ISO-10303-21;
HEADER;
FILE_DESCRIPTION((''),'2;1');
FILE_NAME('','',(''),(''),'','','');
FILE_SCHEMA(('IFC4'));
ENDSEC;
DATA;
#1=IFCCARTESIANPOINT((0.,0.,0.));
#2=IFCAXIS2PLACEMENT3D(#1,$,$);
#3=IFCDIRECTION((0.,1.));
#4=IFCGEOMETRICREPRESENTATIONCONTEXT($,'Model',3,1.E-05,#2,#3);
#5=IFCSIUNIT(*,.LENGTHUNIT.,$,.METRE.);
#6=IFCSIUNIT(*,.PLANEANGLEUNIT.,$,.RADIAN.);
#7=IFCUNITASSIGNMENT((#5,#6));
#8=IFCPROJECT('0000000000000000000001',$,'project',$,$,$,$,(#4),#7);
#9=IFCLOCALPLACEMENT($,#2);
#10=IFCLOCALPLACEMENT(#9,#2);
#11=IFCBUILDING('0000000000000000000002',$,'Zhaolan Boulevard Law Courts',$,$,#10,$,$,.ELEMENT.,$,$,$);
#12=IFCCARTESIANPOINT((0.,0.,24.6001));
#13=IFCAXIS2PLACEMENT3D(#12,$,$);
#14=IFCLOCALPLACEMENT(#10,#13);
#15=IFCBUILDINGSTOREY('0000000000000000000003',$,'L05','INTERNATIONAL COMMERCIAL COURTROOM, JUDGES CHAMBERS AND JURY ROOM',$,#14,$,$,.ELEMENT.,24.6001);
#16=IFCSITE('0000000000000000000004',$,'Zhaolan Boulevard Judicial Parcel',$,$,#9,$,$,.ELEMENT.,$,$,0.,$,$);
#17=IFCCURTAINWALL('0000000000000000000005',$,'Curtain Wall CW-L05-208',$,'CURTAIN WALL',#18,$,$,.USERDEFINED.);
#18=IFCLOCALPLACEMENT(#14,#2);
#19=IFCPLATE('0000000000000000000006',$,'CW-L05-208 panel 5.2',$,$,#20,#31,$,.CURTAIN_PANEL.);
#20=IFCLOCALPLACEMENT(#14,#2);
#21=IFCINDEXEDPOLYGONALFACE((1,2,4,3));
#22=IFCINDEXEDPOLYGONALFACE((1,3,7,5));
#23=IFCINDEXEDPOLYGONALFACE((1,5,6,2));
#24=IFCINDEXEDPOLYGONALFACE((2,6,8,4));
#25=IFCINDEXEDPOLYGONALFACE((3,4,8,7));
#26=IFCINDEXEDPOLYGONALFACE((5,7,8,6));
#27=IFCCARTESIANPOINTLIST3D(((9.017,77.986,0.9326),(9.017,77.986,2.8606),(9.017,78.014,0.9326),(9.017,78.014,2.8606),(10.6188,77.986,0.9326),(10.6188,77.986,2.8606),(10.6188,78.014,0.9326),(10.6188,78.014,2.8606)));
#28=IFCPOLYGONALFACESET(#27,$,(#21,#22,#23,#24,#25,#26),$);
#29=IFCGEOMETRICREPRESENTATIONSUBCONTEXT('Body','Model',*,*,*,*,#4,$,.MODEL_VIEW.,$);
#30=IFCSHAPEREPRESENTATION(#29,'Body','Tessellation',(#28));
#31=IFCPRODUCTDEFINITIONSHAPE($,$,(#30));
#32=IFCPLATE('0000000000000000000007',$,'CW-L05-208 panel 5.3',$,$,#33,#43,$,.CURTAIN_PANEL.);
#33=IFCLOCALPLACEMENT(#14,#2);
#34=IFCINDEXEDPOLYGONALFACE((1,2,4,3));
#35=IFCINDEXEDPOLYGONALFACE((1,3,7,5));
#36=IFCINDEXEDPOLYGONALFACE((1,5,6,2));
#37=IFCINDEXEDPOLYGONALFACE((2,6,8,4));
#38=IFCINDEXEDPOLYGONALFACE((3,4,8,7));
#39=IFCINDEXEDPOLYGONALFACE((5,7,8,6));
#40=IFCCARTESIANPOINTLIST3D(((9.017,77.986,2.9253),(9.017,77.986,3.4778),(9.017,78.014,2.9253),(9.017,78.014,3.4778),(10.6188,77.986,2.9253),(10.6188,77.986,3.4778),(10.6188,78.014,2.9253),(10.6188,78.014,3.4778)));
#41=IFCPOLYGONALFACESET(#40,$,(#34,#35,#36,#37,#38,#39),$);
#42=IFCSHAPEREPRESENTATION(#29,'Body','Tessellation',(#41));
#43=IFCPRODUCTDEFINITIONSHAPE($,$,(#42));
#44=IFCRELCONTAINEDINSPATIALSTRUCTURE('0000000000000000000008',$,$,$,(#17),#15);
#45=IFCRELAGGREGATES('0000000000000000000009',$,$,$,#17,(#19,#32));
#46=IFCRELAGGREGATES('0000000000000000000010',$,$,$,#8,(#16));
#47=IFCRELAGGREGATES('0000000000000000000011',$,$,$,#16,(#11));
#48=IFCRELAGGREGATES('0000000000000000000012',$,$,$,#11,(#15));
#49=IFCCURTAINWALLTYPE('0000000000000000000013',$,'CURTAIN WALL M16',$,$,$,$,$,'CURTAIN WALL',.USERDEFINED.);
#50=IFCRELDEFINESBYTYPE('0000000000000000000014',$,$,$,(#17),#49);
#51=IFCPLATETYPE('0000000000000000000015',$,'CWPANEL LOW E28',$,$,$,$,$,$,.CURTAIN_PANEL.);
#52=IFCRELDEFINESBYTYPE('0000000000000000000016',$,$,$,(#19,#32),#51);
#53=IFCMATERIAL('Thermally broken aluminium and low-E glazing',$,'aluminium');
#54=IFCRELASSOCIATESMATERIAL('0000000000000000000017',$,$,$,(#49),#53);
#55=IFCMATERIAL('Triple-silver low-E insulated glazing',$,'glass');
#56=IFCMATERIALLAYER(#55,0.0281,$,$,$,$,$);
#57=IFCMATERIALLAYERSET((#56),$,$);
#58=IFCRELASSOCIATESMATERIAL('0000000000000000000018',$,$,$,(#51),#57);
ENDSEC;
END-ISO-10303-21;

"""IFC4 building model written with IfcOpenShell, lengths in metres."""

from ifc_helpers import new_model, si_unit, direction, frame, origin, origin_2d, place, context, subcontext, project, spatial, rectangle, extrude, material, layer, layer_set, type_object, element, aggregate, save


model = new_model("IFC4")

# Units and contexts
model_context = context("Model", 3, precision=1e-05, world=origin(), true_north=direction((0.0, 1.0)))
body_context = subcontext(model_context, "Body", "Model", "MODEL_VIEW")
ifc_project = project(units=[si_unit("LENGTHUNIT", "METRE"), si_unit("PLANEANGLEUNIT", "RADIAN")], contexts=[model_context])

# Site, building, storey
site_placement = place(None, origin())
site = spatial("IfcSite", under=ifc_project, at=site_placement, Name="Zhaolan Boulevard Judicial Parcel", CompositionType="ELEMENT", RefElevation=0.0)
building_placement = place(site_placement, origin())
building = spatial("IfcBuilding", under=site, at=building_placement, Name="Zhaolan Boulevard Law Courts", CompositionType="ELEMENT")
storey_placement = place(building_placement, frame((0.0, 0.0, 24.6001)))
storey = spatial("IfcBuildingStorey", under=building, at=storey_placement, Name="L05", Description="INTERNATIONAL COMMERCIAL COURTROOM, JUDGES CHAMBERS AND JURY ROOM", CompositionType="ELEMENT", Elevation=24.6001)

# Curtain wall
ifc_material_1 = material(Name="Thermally broken aluminium and low-E glazing", Category="aluminium")
curtain_wall_type_1 = type_object("IfcCurtainWallType", Name="CURTAIN WALL M16", ElementType="CURTAIN WALL", PredefinedType="USERDEFINED", material=ifc_material_1)
curtain_wall_1_placement = place(storey_placement, origin())
curtain_wall_1 = element("IfcCurtainWall", 1, at=curtain_wall_1_placement, inside=storey, type_object=curtain_wall_type_1, Name="Curtain Wall CW-L05-208", ObjectType="CURTAIN WALL", PredefinedType="USERDEFINED")

# Plates
ifc_material_2 = material(Name="Triple-silver low-E insulated glazing", Category="glass")
ifc_layer = layer(ifc_material_2, 0.0281)
ifc_layer_set = layer_set([ifc_layer])
plate_type = type_object("IfcPlateType", Name="CWPANEL LOW E28", PredefinedType="CURTAIN_PANEL", material=ifc_layer_set)
plate_1_placement = place(storey_placement, frame((9.8179, 78.0, 0.9326), z_axis=(0.0, 0.0, 1.0), x_axis=(-1.0, 0.0, 0.0)))
plate_1 = element("IfcPlate", 2, at=plate_1_placement, type_object=plate_type, Name="CW-L05-208 panel 5.2", PredefinedType="CURTAIN_PANEL", context=body_context, shape_type="SweptSolid", body=[
    extrude(rectangle(XDim=1.6018, YDim=0.0281, at=origin_2d()), origin(), (0.0, 0.0, 1.0), 1.928),
])
plate_2_placement = place(storey_placement, frame((9.8179, 78.0, 2.9253), z_axis=(0.0, 0.0, 1.0), x_axis=(-1.0, 0.0, 0.0)))
plate_2 = element("IfcPlate", 3, at=plate_2_placement, type_object=plate_type, Name="CW-L05-208 panel 5.3", PredefinedType="CURTAIN_PANEL", context=body_context, shape_type="SweptSolid", body=[
    extrude(rectangle(XDim=1.6018, YDim=0.0281, at=origin_2d()), origin(), (0.0, 0.0, 1.0), 0.5525),
])
aggregate(curtain_wall_1, [plate_1, plate_2])

save(model, "model.ifc")
